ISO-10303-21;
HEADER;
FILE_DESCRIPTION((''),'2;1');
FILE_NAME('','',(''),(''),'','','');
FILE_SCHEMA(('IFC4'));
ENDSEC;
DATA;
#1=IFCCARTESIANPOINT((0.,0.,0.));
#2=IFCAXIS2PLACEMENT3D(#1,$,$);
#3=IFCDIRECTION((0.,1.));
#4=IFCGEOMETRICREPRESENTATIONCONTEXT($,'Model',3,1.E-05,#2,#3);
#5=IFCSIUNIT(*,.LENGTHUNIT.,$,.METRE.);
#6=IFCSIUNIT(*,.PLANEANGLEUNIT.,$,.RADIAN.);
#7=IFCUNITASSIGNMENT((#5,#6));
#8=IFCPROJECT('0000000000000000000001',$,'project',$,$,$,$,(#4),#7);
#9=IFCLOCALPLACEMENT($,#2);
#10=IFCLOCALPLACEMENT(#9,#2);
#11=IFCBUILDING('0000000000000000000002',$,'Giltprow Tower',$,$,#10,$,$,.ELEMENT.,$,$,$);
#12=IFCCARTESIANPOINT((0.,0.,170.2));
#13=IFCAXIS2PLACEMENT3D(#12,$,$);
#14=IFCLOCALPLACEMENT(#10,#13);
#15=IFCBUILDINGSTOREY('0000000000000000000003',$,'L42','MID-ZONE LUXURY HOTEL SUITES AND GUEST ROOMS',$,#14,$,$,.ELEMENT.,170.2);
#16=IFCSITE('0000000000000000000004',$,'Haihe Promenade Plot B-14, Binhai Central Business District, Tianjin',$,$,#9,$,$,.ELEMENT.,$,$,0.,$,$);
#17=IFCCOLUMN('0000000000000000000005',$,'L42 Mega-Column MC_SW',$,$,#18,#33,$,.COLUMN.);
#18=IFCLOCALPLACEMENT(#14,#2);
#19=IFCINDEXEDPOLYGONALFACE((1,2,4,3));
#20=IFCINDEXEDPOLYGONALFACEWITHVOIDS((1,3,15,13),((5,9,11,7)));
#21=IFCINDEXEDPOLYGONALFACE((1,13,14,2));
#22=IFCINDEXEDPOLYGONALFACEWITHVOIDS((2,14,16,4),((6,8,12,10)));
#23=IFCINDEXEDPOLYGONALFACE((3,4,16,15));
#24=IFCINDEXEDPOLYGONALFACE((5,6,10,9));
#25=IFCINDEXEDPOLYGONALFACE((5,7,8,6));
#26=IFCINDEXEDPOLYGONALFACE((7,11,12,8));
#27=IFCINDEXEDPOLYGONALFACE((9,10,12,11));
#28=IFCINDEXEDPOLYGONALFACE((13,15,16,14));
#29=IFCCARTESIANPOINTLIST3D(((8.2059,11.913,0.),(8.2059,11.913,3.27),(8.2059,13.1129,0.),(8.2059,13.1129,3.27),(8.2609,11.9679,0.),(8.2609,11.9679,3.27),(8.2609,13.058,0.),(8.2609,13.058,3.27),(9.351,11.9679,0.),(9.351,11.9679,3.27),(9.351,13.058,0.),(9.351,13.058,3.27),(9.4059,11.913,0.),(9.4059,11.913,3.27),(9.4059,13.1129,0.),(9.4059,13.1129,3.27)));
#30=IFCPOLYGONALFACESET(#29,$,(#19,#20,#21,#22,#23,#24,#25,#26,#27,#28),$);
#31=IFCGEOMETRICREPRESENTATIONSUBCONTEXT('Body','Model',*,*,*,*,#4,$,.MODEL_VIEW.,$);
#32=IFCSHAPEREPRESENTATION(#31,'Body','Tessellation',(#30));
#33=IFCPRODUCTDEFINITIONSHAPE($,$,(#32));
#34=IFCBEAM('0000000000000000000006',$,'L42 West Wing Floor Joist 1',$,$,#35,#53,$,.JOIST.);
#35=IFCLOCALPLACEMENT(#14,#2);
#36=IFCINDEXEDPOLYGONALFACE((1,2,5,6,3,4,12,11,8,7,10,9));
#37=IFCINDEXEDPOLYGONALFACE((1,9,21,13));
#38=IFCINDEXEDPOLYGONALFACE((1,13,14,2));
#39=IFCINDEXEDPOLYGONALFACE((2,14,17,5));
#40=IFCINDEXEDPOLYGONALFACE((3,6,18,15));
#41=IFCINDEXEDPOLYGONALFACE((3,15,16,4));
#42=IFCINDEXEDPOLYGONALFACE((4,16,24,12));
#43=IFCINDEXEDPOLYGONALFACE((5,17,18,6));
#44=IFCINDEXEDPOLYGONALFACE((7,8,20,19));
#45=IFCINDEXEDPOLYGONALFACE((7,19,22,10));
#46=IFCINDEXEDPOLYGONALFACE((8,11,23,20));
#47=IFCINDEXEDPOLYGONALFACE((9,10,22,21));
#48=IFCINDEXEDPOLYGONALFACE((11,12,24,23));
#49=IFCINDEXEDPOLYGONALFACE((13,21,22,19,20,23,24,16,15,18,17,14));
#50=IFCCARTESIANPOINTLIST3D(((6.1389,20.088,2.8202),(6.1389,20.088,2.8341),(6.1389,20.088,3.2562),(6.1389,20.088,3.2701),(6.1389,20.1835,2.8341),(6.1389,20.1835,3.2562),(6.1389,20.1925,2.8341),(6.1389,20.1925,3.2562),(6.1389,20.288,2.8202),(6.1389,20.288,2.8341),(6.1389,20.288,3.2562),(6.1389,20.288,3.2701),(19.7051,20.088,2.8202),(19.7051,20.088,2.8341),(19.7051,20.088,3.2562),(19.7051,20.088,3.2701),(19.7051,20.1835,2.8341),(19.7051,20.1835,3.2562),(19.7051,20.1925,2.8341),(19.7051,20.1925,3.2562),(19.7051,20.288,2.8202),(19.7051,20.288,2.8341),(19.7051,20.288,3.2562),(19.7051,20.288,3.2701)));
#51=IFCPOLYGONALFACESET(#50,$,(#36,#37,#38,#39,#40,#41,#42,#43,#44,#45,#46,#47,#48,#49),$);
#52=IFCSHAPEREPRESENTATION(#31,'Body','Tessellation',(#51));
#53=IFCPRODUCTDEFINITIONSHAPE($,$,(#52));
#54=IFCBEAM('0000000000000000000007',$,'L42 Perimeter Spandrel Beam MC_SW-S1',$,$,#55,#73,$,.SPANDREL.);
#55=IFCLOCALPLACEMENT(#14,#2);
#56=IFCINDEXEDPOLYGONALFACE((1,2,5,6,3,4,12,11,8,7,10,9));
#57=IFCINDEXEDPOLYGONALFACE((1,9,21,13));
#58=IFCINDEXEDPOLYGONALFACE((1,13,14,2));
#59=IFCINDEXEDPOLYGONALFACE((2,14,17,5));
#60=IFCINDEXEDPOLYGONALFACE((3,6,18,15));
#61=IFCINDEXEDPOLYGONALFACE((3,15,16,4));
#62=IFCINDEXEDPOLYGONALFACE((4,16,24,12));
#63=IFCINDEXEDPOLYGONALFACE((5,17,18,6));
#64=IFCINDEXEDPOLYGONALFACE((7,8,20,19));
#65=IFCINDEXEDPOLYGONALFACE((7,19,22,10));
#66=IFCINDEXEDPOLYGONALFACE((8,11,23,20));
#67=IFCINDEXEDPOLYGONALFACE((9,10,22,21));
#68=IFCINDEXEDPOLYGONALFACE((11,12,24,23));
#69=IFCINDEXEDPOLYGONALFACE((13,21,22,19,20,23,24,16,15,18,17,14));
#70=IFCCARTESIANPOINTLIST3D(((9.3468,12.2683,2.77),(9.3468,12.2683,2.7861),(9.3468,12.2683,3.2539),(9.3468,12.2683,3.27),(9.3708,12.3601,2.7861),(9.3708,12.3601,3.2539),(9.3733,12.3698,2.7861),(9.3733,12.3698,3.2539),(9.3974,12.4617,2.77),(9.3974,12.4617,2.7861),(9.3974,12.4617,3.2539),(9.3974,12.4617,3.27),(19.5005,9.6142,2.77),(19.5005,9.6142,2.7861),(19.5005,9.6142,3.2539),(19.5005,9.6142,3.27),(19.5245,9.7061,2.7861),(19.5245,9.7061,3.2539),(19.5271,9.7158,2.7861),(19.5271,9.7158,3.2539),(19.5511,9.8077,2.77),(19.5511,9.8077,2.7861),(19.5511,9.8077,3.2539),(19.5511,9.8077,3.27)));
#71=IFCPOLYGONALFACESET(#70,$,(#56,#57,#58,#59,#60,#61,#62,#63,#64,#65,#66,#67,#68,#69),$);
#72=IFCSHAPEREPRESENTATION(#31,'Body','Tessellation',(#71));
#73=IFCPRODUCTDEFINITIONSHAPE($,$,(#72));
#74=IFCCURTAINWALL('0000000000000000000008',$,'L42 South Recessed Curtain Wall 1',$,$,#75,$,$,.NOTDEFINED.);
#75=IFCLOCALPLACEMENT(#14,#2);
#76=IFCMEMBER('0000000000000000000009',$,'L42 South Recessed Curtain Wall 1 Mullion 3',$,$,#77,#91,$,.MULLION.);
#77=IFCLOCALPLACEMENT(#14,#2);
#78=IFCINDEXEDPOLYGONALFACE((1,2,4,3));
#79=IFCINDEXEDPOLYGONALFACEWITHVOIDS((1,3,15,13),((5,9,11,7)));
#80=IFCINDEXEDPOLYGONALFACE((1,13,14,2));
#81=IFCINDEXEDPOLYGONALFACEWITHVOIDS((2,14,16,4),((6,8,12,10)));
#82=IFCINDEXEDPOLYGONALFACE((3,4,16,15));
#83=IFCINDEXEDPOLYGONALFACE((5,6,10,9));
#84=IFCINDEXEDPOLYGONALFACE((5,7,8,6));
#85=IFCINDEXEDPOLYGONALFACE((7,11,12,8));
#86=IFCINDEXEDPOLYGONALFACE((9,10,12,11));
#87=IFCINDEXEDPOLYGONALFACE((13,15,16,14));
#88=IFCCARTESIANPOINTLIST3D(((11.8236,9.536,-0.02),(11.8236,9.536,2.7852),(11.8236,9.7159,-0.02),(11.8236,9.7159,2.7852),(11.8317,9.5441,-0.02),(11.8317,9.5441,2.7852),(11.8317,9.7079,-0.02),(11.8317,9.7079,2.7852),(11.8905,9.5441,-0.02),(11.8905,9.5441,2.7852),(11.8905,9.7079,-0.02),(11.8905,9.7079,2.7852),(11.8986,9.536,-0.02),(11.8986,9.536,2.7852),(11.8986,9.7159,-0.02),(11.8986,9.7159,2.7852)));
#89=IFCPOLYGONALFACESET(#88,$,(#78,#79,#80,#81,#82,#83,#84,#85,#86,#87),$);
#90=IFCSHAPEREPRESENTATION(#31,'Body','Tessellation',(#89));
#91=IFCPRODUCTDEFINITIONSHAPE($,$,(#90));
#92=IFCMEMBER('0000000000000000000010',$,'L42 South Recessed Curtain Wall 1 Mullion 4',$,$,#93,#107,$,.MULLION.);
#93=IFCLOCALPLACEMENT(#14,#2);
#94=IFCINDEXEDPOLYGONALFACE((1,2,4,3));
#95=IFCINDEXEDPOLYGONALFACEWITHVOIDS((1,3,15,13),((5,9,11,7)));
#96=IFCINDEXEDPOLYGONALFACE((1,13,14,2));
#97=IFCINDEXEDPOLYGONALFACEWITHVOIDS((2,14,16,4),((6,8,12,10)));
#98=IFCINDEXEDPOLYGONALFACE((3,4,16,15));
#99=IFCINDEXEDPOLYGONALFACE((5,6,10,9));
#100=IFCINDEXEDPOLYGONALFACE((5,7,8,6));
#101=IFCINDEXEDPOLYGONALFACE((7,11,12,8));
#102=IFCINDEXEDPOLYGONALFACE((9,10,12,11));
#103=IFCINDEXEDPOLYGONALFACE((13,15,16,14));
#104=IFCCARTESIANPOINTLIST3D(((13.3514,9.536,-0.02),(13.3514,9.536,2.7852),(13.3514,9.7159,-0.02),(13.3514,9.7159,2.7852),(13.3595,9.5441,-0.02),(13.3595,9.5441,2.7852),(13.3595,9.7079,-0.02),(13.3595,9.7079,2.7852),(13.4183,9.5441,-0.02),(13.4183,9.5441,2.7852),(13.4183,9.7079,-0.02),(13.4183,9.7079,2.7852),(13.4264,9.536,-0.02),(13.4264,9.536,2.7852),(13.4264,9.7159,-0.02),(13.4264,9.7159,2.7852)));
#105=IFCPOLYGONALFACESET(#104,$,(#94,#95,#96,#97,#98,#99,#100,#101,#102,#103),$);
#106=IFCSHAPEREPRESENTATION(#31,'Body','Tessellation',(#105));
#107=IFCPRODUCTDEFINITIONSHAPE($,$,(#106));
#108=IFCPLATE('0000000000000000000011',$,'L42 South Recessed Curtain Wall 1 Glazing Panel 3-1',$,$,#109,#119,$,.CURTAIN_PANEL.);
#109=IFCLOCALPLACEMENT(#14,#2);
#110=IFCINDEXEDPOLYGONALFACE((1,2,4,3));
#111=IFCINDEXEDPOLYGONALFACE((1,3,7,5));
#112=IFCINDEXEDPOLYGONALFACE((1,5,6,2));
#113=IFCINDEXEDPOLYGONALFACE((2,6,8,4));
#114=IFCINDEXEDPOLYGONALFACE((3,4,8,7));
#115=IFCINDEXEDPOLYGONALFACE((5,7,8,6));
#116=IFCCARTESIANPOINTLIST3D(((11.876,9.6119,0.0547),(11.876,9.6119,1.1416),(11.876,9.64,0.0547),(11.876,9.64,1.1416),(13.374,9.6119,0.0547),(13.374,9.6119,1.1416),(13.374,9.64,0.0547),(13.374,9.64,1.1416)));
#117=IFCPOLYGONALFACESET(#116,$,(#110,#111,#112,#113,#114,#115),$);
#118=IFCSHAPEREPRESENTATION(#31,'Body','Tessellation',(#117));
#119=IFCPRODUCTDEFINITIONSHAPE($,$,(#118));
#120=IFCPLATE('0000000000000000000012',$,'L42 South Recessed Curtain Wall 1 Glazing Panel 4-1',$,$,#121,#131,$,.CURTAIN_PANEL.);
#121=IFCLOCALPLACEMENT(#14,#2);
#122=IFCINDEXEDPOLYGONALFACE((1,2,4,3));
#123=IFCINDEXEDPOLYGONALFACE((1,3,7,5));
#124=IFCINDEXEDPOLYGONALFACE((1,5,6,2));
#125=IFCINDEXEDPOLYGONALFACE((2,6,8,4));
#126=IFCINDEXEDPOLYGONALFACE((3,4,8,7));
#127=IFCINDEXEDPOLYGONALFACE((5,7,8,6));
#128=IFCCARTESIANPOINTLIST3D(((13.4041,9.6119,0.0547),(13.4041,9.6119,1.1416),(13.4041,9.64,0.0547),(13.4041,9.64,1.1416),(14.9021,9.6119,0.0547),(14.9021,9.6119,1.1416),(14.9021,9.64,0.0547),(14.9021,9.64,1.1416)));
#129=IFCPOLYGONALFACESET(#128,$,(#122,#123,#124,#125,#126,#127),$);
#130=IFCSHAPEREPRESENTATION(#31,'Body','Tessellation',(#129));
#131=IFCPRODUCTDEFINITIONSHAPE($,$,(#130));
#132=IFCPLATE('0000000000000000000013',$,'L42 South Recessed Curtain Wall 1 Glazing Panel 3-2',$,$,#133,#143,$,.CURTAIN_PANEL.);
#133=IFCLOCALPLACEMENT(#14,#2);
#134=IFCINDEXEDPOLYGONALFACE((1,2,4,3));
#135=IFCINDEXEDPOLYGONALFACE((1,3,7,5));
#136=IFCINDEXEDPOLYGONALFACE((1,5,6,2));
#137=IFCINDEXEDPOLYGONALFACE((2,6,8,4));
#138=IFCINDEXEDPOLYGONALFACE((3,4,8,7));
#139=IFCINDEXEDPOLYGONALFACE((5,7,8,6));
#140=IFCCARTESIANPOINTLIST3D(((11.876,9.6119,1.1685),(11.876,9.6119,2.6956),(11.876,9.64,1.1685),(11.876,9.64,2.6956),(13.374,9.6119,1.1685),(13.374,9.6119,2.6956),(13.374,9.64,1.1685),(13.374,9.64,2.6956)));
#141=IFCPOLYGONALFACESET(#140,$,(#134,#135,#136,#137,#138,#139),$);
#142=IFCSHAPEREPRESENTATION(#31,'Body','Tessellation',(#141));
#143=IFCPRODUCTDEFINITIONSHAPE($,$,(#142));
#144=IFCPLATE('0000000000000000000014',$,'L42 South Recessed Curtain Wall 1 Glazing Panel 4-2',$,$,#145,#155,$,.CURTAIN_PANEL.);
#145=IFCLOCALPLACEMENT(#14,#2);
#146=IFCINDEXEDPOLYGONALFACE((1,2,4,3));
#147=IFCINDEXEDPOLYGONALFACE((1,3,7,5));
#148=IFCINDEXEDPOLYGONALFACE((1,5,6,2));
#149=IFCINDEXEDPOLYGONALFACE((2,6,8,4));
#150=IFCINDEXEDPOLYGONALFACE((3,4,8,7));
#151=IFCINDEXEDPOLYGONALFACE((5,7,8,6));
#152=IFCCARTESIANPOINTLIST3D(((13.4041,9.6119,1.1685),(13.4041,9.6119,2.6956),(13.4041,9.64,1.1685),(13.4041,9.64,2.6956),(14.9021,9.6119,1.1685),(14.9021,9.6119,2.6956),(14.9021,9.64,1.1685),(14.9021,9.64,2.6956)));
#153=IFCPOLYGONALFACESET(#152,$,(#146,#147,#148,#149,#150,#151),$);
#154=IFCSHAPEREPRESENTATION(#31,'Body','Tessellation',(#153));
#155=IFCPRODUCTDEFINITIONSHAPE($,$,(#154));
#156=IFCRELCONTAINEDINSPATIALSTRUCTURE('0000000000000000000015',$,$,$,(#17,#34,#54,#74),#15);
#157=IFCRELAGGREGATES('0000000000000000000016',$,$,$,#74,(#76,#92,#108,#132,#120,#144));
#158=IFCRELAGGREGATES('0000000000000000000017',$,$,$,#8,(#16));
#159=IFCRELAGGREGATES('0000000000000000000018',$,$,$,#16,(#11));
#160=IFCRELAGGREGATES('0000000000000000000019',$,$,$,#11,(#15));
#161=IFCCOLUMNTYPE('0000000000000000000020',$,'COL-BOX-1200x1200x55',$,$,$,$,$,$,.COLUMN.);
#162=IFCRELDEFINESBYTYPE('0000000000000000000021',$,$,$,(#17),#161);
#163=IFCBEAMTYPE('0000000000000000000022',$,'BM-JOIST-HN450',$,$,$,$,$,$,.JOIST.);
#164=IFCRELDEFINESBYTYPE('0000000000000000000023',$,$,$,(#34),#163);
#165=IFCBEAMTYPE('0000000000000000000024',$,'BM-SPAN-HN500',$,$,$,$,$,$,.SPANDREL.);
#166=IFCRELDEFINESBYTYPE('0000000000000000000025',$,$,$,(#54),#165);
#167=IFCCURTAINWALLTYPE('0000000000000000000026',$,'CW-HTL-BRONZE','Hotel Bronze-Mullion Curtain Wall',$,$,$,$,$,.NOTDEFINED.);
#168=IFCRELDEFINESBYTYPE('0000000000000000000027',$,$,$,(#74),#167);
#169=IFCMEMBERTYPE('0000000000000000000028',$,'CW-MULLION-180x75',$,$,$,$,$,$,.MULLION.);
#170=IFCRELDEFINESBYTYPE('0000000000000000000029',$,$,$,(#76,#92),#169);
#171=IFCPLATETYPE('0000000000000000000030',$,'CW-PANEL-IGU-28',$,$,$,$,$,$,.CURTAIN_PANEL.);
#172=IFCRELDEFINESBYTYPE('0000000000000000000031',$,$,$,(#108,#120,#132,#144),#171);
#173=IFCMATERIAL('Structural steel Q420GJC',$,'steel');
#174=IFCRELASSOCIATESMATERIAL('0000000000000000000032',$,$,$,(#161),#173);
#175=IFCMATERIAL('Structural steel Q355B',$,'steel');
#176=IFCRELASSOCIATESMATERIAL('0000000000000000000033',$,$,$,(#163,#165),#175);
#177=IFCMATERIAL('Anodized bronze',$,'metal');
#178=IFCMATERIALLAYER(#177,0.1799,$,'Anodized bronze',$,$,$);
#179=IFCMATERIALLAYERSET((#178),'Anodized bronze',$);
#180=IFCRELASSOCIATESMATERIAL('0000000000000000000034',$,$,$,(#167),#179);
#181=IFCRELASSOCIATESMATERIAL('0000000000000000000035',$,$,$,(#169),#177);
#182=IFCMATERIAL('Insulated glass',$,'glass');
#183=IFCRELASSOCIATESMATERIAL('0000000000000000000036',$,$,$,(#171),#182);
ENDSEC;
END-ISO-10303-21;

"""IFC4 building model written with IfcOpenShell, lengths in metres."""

from ifc_helpers import new_model, si_unit, direction, frame, origin, origin_2d, place, context, subcontext, project, spatial, rectangle, hollow_rectangle, i_section, extrude, source, transform, mapped, material, layer, layer_set, material_profile, profile_set, type_object, element, aggregate, save


model = new_model("IFC4")

# Units and contexts
model_context = context("Model", 3, precision=1e-05, world=origin(), true_north=direction((0.0, 1.0)))
body_context = subcontext(model_context, "Body", "Model", "MODEL_VIEW")
ifc_project = project(units=[si_unit("LENGTHUNIT", "METRE"), si_unit("PLANEANGLEUNIT", "RADIAN")], contexts=[model_context])

# Site, building, storey
site_placement = place(None, origin())
site = spatial("IfcSite", under=ifc_project, at=site_placement, Name="Haihe Promenade Plot B-14, Binhai Central Business District, Tianjin", CompositionType="ELEMENT", RefElevation=0.0)
building_placement = place(site_placement, origin())
building = spatial("IfcBuilding", under=site, at=building_placement, Name="Giltprow Tower", CompositionType="ELEMENT")
storey_placement = place(building_placement, frame((0.0, 0.0, 170.2)))
storey = spatial("IfcBuildingStorey", under=building, at=storey_placement, Name="L42", Description="MID-ZONE LUXURY HOTEL SUITES AND GUEST ROOMS", CompositionType="ELEMENT", Elevation=170.2)

# Column
ifc_material_1 = material(Name="Structural steel Q420GJC", Category="steel")
ifc_material_profile_1 = material_profile(ifc_material_1, hollow_rectangle(XDim=1.2, YDim=1.2, WallThickness=0.0549, at=origin_2d()), Name="BOX 1200x1200x55")
ifc_profile_set_1 = profile_set([ifc_material_profile_1], Name="Structural steel Q420GJC")
column_type = type_object("IfcColumnType", Name="COL-BOX-1200x1200x55", PredefinedType="COLUMN", material=ifc_profile_set_1)
shared_shape_1 = source(origin(), body_context, "Body", "SweptSolid", [
    extrude(hollow_rectangle(XDim=1.2, YDim=1.2, WallThickness=0.0549, at=origin_2d()), origin(), (0.0, 0.0, 1.0), 3.27),
])
column_placement = place(storey_placement, frame((8.8059, 12.5129, 0.0), z_axis=(0.0, 0.0, 1.0), x_axis=(1.0, 0.0, 0.0)))
element("IfcColumn", 1, at=column_placement, inside=storey, type_object=column_type, Name="L42 Mega-Column MC_SW", PredefinedType="COLUMN", context=body_context, shape_type="MappedRepresentation", body=[
    mapped(shared_shape_1, transform((0.0, 0.0, 0.0), x_axis=(1.0, 0.0, 0.0), y_axis=(0.0, 1.0, 0.0), z_axis=(0.0, 0.0, 1.0), scale=1.0)),
])

# Beams
ifc_material_2 = material(Name="Structural steel Q355B", Category="steel")
ifc_material_profile_2 = material_profile(ifc_material_2, i_section(OverallWidth=0.2, OverallDepth=0.45, WebThickness=0.009, FlangeThickness=0.0139, at=origin_2d()), Name="HN 450x200x9x14")
ifc_profile_set_2 = profile_set([ifc_material_profile_2], Name="Structural steel Q355B")
beam_type_1 = type_object("IfcBeamType", Name="BM-JOIST-HN450", PredefinedType="JOIST", material=ifc_profile_set_2)
shared_shape_2 = source(origin(), body_context, "Body", "SweptSolid", [
    extrude(i_section(OverallWidth=0.2, OverallDepth=0.45, WebThickness=0.009, FlangeThickness=0.0139, at=origin_2d()), origin(), (0.0, 0.0, 1.0), 13.5662),
])
beam_1_placement = place(storey_placement, frame((6.1389, 20.188, 3.0452), z_axis=(1.0, 0.0, 0.0), x_axis=(0.0, 1.0, 0.0)))
element("IfcBeam", 2, at=beam_1_placement, inside=storey, type_object=beam_type_1, Name="L42 West Wing Floor Joist 1", PredefinedType="JOIST", context=body_context, shape_type="MappedRepresentation", body=[
    mapped(shared_shape_2, transform((0.0, 0.0, 0.0), x_axis=(1.0, 0.0, 0.0), y_axis=(0.0, 1.0, 0.0), z_axis=(0.0, 0.0, 1.0), scale=1.0)),
])
ifc_material_profile_3 = material_profile(ifc_material_2, i_section(OverallWidth=0.2, OverallDepth=0.5, WebThickness=0.01, FlangeThickness=0.0161, at=origin_2d()), Name="HN 500x200x10x16")
ifc_profile_set_3 = profile_set([ifc_material_profile_3], Name="Structural steel Q355B")
beam_type_2 = type_object("IfcBeamType", Name="BM-SPAN-HN500", PredefinedType="SPANDREL", material=ifc_profile_set_3)
shared_shape_3 = source(origin(), body_context, "Body", "SweptSolid", [
    extrude(i_section(OverallWidth=0.2, OverallDepth=0.5, WebThickness=0.01, FlangeThickness=0.0161, at=origin_2d()), origin(), (0.0, 0.0, 1.0), 10.4949),
])
beam_2_placement = place(storey_placement, frame((9.3721, 12.365, 3.02), z_axis=(0.967495, -0.252889, 0.0), x_axis=(0.252889, 0.967495, 0.0)))
element("IfcBeam", 3, at=beam_2_placement, inside=storey, type_object=beam_type_2, Name="L42 Perimeter Spandrel Beam MC_SW-S1", PredefinedType="SPANDREL", context=body_context, shape_type="MappedRepresentation", body=[
    mapped(shared_shape_3, transform((0.0, 0.0, 0.0), x_axis=(1.0, 0.0, 0.0), y_axis=(0.0, 1.0, 0.0), z_axis=(0.0, 0.0, 1.0), scale=1.0)),
])

# Curtain wall, members, plates
ifc_material_3 = material(Name="Anodized bronze", Category="metal")
ifc_layer_1 = layer(ifc_material_3, 0.1799, Name="Anodized bronze")
ifc_layer_set_1 = layer_set([ifc_layer_1], Name="Anodized bronze")
curtain_wall_type = type_object("IfcCurtainWallType", Name="CW-HTL-BRONZE", Description="Hotel Bronze-Mullion Curtain Wall", PredefinedType="NOTDEFINED", material=ifc_layer_set_1)
curtain_wall_placement = place(storey_placement, origin())
curtain_wall = element("IfcCurtainWall", 4, at=curtain_wall_placement, inside=storey, type_object=curtain_wall_type, Name="L42 South Recessed Curtain Wall 1", PredefinedType="NOTDEFINED")
ifc_material_profile_4 = material_profile(ifc_material_3, hollow_rectangle(XDim=0.075, YDim=0.1799, WallThickness=0.0081, at=origin_2d()), Name="RHS 180x75x8")
ifc_profile_set_4 = profile_set([ifc_material_profile_4], Name="Anodized bronze")
member_type = type_object("IfcMemberType", Name="CW-MULLION-180x75", PredefinedType="MULLION", material=ifc_profile_set_4)
shared_shape_4 = source(origin(), body_context, "Body", "SweptSolid", [
    extrude(hollow_rectangle(XDim=0.075, YDim=0.1799, WallThickness=0.0081, at=origin_2d()), origin(), (0.0, 0.0, 1.0), 2.8052),
])
member_1_placement = place(storey_placement, frame((11.8611, 9.626, -0.02), z_axis=(0.0, 0.0, 1.0), x_axis=(1.0, 0.0, 0.0)))
member_1 = element("IfcMember", 5, at=member_1_placement, type_object=member_type, Name="L42 South Recessed Curtain Wall 1 Mullion 3", PredefinedType="MULLION", context=body_context, shape_type="MappedRepresentation", body=[
    mapped(shared_shape_4, transform((0.0, 0.0, 0.0), x_axis=(1.0, 0.0, 0.0), y_axis=(0.0, 1.0, 0.0), z_axis=(0.0, 0.0, 1.0), scale=1.0)),
])
member_2_placement = place(storey_placement, frame((13.3889, 9.626, -0.02), z_axis=(0.0, 0.0, 1.0), x_axis=(1.0, 0.0, 0.0)))
member_2 = element("IfcMember", 6, at=member_2_placement, type_object=member_type, Name="L42 South Recessed Curtain Wall 1 Mullion 4", PredefinedType="MULLION", context=body_context, shape_type="MappedRepresentation", body=[
    mapped(shared_shape_4, transform((0.0, 0.0, 0.0), x_axis=(1.0, 0.0, 0.0), y_axis=(0.0, 1.0, 0.0), z_axis=(0.0, 0.0, 1.0), scale=1.0)),
])
ifc_material_4 = material(Name="Insulated glass", Category="glass")
plate_type = type_object("IfcPlateType", Name="CW-PANEL-IGU-28", PredefinedType="CURTAIN_PANEL", material=ifc_material_4)
shared_shape_5 = source(origin(), body_context, "Body", "SweptSolid", [
    extrude(rectangle(XDim=1.498, YDim=0.0281, at=origin_2d()), origin(), (0.0, 0.0, 1.0), 1.0869),
])
plate_1_placement = place(storey_placement, frame((12.625, 9.626, 0.0547), z_axis=(0.0, 0.0, 1.0), x_axis=(1.0, 0.0, 0.0)))
plate_1 = element("IfcPlate", 7, at=plate_1_placement, type_object=plate_type, Name="L42 South Recessed Curtain Wall 1 Glazing Panel 3-1", PredefinedType="CURTAIN_PANEL", context=body_context, shape_type="MappedRepresentation", body=[
    mapped(shared_shape_5, transform((0.0, 0.0, 0.0), x_axis=(1.0, 0.0, 0.0), y_axis=(0.0, 1.0, 0.0), z_axis=(0.0, 0.0, 1.0), scale=1.0)),
])
plate_2_placement = place(storey_placement, frame((14.1531, 9.626, 0.0547), z_axis=(0.0, 0.0, 1.0), x_axis=(1.0, 0.0, 0.0)))
plate_2 = element("IfcPlate", 8, at=plate_2_placement, type_object=plate_type, Name="L42 South Recessed Curtain Wall 1 Glazing Panel 4-1", PredefinedType="CURTAIN_PANEL", context=body_context, shape_type="MappedRepresentation", body=[
    mapped(shared_shape_5, transform((0.0, 0.0, 0.0), x_axis=(1.0, 0.0, 0.0), y_axis=(0.0, 1.0, 0.0), z_axis=(0.0, 0.0, 1.0), scale=1.0)),
])
shared_shape_6 = source(origin(), body_context, "Body", "SweptSolid", [
    extrude(rectangle(XDim=1.498, YDim=0.0281, at=origin_2d()), origin(), (0.0, 0.0, 1.0), 1.5271),
])
plate_3_placement = place(storey_placement, frame((12.625, 9.626, 1.1685), z_axis=(0.0, 0.0, 1.0), x_axis=(1.0, 0.0, 0.0)))
plate_3 = element("IfcPlate", 9, at=plate_3_placement, type_object=plate_type, Name="L42 South Recessed Curtain Wall 1 Glazing Panel 3-2", PredefinedType="CURTAIN_PANEL", context=body_context, shape_type="MappedRepresentation", body=[
    mapped(shared_shape_6, transform((0.0, 0.0, 0.0), x_axis=(1.0, 0.0, 0.0), y_axis=(0.0, 1.0, 0.0), z_axis=(0.0, 0.0, 1.0), scale=1.0)),
])
plate_4_placement = place(storey_placement, frame((14.1531, 9.626, 1.1685), z_axis=(0.0, 0.0, 1.0), x_axis=(1.0, 0.0, 0.0)))
plate_4 = element("IfcPlate", 10, at=plate_4_placement, type_object=plate_type, Name="L42 South Recessed Curtain Wall 1 Glazing Panel 4-2", PredefinedType="CURTAIN_PANEL", context=body_context, shape_type="MappedRepresentation", body=[
    mapped(shared_shape_6, transform((0.0, 0.0, 0.0), x_axis=(1.0, 0.0, 0.0), y_axis=(0.0, 1.0, 0.0), z_axis=(0.0, 0.0, 1.0), scale=1.0)),
])
aggregate(curtain_wall, [member_1, member_2, plate_1, plate_3, plate_2, plate_4])

save(model, "model.ifc")
